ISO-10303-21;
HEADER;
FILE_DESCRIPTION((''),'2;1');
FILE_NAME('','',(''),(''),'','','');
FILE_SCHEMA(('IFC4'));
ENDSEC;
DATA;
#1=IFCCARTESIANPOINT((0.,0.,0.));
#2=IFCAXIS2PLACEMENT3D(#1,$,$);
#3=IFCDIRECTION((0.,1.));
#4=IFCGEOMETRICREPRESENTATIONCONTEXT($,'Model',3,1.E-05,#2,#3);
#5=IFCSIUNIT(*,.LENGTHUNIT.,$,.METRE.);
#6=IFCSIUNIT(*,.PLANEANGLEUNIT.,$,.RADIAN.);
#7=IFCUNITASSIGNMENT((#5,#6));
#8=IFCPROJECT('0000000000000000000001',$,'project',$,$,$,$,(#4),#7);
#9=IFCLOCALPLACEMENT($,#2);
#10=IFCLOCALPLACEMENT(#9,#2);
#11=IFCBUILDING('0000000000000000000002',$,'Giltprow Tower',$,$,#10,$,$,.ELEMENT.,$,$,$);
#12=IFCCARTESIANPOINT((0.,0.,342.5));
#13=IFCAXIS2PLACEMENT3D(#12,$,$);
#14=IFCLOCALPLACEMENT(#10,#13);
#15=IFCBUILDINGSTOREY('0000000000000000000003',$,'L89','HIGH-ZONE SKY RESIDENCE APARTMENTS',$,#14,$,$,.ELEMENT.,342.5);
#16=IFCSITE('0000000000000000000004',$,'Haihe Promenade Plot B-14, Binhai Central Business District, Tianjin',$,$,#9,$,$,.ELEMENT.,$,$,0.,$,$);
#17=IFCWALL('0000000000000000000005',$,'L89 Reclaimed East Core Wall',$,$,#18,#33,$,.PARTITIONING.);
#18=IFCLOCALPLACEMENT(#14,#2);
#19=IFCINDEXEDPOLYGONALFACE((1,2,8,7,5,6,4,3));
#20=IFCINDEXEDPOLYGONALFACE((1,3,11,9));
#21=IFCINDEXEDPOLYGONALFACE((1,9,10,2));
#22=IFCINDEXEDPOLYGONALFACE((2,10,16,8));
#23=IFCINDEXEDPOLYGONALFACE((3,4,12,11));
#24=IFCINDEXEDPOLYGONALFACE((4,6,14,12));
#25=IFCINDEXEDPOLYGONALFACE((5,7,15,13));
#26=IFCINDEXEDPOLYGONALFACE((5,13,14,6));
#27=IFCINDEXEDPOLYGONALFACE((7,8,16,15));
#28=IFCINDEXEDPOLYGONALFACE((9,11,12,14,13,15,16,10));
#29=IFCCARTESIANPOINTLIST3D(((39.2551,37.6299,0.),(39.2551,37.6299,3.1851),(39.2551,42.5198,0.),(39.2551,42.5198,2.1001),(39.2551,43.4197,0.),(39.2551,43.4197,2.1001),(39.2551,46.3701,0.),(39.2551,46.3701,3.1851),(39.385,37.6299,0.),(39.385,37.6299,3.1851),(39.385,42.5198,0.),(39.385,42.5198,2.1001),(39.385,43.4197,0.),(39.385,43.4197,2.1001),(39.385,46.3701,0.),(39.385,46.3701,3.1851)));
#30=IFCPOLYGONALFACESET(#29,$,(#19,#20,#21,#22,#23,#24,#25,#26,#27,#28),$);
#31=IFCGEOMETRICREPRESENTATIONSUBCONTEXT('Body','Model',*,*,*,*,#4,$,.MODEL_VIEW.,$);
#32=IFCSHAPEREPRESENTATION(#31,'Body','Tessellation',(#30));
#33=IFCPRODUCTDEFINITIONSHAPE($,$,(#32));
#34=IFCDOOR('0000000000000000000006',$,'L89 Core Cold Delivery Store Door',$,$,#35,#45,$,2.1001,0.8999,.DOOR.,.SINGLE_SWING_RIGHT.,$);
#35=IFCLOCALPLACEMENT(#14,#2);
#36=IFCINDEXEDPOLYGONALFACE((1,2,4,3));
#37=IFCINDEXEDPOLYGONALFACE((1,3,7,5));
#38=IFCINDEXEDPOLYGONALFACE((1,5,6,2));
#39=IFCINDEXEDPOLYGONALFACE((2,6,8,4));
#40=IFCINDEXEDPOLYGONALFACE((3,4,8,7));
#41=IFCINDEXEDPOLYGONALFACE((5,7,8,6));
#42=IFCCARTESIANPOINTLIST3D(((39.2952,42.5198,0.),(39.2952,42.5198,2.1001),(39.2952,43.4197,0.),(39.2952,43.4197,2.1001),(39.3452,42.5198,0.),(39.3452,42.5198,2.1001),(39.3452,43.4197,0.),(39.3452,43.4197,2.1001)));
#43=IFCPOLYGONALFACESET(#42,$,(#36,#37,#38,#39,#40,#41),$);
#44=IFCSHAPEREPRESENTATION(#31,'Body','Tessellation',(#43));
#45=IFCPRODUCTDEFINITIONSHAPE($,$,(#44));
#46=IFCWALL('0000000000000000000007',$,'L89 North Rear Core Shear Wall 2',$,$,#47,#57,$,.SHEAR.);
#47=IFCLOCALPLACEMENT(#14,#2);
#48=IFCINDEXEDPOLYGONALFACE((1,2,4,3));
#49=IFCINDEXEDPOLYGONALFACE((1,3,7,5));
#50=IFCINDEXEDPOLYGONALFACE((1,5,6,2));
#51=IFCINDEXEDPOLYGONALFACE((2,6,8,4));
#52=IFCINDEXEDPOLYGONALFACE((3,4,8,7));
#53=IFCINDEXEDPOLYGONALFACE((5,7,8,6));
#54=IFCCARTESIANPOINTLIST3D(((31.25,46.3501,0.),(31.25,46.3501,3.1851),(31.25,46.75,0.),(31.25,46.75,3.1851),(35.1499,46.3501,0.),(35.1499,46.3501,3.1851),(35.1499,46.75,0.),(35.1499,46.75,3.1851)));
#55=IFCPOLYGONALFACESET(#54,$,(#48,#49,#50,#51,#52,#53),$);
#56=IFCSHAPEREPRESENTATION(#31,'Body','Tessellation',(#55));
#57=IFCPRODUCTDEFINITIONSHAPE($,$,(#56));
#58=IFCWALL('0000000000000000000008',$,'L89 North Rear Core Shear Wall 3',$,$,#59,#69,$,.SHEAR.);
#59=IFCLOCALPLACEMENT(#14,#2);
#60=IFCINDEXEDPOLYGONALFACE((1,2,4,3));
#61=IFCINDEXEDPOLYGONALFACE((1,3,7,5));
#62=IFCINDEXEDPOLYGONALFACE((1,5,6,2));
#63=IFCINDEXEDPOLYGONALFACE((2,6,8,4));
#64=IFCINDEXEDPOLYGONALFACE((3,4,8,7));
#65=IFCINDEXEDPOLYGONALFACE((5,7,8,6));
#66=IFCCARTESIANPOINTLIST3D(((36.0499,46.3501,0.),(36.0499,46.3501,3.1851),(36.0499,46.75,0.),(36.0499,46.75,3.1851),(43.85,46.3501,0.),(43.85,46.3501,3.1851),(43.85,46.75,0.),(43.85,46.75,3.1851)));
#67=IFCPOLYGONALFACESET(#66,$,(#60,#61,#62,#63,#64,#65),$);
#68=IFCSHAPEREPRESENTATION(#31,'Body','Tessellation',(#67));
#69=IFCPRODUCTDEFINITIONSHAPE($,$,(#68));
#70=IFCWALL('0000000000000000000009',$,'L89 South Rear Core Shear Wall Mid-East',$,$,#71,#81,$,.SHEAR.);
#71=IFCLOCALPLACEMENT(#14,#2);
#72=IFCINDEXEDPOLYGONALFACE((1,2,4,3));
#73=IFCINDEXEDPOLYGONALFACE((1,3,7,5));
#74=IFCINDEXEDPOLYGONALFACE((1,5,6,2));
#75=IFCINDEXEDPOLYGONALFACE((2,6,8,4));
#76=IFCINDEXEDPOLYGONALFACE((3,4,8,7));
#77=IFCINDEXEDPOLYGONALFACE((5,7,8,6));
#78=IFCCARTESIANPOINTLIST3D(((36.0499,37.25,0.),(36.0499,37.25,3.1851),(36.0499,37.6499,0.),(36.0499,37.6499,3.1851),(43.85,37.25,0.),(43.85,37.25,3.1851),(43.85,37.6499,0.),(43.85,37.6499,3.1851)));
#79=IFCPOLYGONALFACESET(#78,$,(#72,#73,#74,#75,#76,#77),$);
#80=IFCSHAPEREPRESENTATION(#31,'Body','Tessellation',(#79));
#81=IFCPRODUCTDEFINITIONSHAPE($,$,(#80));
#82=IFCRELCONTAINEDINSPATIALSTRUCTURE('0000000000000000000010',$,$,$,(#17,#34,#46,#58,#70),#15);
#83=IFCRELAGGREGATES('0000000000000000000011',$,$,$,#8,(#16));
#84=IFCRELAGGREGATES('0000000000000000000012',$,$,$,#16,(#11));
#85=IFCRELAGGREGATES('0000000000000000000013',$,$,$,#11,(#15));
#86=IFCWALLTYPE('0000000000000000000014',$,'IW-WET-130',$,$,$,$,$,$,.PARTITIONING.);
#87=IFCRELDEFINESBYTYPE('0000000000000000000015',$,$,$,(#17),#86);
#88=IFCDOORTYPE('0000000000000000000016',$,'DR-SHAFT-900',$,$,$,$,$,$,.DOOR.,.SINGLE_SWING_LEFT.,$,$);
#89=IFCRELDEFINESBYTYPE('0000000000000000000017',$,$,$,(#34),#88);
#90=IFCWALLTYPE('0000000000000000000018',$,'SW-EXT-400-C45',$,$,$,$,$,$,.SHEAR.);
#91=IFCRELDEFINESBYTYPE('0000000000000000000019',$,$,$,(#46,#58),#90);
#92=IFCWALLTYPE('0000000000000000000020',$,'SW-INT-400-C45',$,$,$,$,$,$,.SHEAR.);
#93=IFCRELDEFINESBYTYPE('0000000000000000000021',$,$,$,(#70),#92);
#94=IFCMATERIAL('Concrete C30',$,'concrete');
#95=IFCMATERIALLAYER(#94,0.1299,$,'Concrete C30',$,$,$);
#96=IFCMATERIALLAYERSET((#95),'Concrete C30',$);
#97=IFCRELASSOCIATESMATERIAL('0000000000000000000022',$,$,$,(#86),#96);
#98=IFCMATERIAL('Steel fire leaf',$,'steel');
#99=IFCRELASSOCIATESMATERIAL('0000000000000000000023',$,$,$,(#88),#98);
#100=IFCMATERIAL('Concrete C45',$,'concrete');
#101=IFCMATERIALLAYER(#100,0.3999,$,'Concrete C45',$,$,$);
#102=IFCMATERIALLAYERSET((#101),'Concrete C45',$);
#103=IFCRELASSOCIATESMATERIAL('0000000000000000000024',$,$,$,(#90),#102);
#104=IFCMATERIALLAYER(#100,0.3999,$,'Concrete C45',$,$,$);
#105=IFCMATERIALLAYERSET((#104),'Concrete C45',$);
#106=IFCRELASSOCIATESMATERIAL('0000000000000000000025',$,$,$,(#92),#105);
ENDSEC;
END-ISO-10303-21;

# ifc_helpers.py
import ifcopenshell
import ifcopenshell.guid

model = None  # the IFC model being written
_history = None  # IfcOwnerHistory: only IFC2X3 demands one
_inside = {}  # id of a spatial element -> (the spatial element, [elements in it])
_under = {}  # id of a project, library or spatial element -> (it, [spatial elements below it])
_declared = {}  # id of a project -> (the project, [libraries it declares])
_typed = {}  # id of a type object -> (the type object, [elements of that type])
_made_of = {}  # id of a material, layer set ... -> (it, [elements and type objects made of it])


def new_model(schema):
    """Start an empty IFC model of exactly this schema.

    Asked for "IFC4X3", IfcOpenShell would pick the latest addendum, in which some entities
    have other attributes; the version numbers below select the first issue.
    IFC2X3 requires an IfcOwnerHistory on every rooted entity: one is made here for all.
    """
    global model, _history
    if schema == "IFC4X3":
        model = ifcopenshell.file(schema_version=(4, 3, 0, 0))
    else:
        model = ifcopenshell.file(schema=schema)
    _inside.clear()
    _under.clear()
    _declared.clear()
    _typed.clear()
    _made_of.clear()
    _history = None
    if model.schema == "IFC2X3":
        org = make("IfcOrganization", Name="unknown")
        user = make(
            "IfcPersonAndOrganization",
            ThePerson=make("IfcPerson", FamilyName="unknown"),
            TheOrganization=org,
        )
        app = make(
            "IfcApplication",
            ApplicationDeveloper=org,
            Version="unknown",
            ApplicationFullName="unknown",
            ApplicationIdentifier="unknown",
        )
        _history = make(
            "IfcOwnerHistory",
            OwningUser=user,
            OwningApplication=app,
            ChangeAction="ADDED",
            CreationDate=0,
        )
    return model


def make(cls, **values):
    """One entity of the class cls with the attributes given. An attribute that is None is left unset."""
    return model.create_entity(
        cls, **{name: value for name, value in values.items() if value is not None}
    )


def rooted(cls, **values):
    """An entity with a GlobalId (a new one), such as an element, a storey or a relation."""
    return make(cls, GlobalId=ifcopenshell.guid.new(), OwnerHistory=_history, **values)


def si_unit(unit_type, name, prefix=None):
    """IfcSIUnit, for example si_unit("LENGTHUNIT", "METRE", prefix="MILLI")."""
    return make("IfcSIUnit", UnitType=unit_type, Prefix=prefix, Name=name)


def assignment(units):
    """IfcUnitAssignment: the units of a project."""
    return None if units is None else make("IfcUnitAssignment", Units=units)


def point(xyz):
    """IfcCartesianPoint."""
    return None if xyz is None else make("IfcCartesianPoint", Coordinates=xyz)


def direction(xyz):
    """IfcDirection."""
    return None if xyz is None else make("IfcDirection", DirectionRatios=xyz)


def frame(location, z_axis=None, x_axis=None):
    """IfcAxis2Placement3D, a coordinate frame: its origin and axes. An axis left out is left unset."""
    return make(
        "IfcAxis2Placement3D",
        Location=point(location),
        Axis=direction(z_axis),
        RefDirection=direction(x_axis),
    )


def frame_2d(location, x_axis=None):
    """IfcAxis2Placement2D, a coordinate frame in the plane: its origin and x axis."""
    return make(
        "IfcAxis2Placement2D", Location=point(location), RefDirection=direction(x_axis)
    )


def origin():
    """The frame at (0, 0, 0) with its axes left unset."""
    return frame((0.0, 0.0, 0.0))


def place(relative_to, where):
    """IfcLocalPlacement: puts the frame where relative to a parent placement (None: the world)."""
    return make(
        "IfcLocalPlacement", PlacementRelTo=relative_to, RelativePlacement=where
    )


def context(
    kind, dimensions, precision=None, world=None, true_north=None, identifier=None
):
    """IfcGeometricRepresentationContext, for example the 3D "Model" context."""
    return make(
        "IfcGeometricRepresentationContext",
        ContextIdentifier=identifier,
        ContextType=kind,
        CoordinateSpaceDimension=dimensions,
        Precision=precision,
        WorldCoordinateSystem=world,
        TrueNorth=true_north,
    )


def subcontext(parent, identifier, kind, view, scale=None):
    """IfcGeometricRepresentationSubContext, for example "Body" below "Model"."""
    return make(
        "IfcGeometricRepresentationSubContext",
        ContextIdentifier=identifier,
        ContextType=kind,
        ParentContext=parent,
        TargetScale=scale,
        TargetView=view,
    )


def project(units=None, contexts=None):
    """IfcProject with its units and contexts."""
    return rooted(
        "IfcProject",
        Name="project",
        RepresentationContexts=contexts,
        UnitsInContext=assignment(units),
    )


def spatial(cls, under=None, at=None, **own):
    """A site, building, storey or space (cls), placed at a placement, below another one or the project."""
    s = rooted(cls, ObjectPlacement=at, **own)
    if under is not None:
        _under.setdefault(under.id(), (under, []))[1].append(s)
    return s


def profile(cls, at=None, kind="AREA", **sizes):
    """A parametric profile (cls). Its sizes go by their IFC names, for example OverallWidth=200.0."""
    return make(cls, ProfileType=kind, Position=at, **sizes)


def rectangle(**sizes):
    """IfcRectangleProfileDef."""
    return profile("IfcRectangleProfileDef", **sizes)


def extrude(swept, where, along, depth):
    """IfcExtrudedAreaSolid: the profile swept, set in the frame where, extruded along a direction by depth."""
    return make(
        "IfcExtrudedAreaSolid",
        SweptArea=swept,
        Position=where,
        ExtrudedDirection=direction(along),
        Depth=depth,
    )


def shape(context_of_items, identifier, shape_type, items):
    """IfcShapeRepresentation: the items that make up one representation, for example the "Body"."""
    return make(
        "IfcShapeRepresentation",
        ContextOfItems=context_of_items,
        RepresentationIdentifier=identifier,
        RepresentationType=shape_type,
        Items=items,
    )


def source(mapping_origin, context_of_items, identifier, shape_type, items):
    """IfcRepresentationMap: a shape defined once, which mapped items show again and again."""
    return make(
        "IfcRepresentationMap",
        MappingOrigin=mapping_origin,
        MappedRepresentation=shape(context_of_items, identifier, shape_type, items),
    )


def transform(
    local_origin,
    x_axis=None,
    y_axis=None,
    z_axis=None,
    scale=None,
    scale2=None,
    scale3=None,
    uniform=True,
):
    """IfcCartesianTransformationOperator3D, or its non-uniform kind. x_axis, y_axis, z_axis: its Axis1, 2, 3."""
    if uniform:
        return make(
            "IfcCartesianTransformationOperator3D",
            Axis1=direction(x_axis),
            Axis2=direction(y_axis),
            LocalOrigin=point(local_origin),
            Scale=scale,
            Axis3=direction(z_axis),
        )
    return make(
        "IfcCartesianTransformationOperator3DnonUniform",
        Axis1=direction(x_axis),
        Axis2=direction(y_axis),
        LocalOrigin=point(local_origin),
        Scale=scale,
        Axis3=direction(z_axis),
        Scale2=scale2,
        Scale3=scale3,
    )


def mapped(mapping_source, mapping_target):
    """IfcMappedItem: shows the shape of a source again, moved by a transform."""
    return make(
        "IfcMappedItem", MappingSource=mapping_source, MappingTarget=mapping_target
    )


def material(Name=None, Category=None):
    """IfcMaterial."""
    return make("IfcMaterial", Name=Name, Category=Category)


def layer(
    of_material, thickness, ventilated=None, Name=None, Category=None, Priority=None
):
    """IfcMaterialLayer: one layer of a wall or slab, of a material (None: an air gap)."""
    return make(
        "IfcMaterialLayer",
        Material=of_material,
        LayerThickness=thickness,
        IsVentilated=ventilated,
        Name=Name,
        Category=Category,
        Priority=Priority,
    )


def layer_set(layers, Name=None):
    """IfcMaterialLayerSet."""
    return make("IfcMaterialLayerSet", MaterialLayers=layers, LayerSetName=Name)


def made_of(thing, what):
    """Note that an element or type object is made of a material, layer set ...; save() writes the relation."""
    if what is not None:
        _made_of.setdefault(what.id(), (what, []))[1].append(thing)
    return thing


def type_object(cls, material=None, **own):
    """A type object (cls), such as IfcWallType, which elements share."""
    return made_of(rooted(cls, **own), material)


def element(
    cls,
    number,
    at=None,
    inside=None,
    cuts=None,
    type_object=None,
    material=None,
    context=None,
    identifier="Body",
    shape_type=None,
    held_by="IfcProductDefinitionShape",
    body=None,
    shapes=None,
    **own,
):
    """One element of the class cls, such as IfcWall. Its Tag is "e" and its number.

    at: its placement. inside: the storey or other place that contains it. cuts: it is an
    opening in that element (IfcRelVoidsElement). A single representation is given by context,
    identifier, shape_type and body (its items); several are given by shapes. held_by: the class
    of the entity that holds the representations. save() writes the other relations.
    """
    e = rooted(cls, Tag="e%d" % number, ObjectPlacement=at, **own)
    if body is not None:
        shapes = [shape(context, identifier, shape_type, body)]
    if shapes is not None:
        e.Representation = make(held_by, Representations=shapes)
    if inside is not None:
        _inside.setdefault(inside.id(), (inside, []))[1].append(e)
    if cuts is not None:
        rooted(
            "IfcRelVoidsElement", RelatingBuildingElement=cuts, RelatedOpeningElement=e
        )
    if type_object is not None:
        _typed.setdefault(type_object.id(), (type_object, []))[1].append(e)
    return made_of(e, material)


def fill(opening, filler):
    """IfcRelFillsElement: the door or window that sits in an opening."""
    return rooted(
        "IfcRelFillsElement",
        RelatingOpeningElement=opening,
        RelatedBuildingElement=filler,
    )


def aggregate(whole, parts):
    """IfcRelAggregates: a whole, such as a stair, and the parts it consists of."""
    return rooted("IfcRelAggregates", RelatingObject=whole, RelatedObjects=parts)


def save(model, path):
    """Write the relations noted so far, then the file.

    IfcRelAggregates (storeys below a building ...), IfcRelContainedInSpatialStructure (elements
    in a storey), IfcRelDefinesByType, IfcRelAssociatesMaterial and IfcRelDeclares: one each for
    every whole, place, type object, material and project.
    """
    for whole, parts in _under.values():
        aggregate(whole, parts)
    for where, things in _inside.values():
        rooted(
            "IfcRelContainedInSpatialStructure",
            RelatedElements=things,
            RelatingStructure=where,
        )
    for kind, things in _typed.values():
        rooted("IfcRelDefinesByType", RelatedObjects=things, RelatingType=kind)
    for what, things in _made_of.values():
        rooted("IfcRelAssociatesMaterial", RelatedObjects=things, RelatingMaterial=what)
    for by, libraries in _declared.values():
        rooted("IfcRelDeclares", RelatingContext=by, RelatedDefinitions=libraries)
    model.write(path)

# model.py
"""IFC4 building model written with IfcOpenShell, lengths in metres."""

from ifc_helpers import new_model, si_unit, direction, frame, frame_2d, origin, place, context, subcontext, project, spatial, rectangle, extrude, source, transform, mapped, material, layer, layer_set, type_object, element, fill, save


model = new_model("IFC4")

# Units and contexts
model_context = context("Model", 3, precision=1e-05, world=origin(), true_north=direction((0.0, 1.0)))
body_context = subcontext(model_context, "Body", "Model", "MODEL_VIEW")
ifc_project = project(units=[si_unit("LENGTHUNIT", "METRE"), si_unit("PLANEANGLEUNIT", "RADIAN")], contexts=[model_context])

# Site, building, storey
site_placement = place(None, origin())
site = spatial("IfcSite", under=ifc_project, at=site_placement, Name="Haihe Promenade Plot B-14, Binhai Central Business District, Tianjin", CompositionType="ELEMENT", RefElevation=0.0)
building_placement = place(site_placement, origin())
building = spatial("IfcBuilding", under=site, at=building_placement, Name="Giltprow Tower", CompositionType="ELEMENT")
storey_placement = place(building_placement, frame((0.0, 0.0, 342.5)))
storey = spatial("IfcBuildingStorey", under=building, at=storey_placement, Name="L89", Description="HIGH-ZONE SKY RESIDENCE APARTMENTS", CompositionType="ELEMENT", Elevation=342.5)

# Shared definitions
ifc_material_1 = material(Name="Concrete C45", Category="concrete")

# Shared definitions
ifc_material_2 = material(Name="Concrete C30", Category="concrete")
ifc_layer_1 = layer(ifc_material_2, 0.1299, Name="Concrete C30")
ifc_layer_set_1 = layer_set([ifc_layer_1], Name="Concrete C30")
wall_type_1 = type_object("IfcWallType", Name="IW-WET-130", PredefinedType="PARTITIONING", material=ifc_layer_set_1)
ifc_material_3 = material(Name="Steel fire leaf", Category="steel")
door_type_1 = type_object("IfcDoorType", Name="DR-SHAFT-900", OperationType="SINGLE_SWING_LEFT", PredefinedType="DOOR", material=ifc_material_3)
shared_shape_1 = source(origin(), body_context, "Body", "SweptSolid", [
    extrude(rectangle(XDim=0.8999, YDim=2.1001, at=frame_2d((0.45, 1.05))), frame((0.0, 0.0249, 0.0), z_axis=(0.0, -1.0, 0.0), x_axis=(1.0, 0.0, 0.0)), (0.0, 0.0, 1.0), 0.05),
])

# Wall, opening, door
wall_1_placement = place(storey_placement, frame((39.3201, 37.6299, 0.0), z_axis=(0.0, 0.0, 1.0), x_axis=(0.0, 1.0, 0.0)))
wall_1 = element("IfcWall", 1, at=wall_1_placement, inside=storey, type_object=wall_type_1, Name="L89 Reclaimed East Core Wall", PredefinedType="PARTITIONING", context=body_context, shape_type="SweptSolid", body=[
    extrude(rectangle(XDim=8.7402, YDim=0.1299, at=frame_2d((4.3701, 0.0))), origin(), (0.0, 0.0, 1.0), 3.1851),
])
opening_1_placement = place(wall_1_placement, frame((4.8899, 0.0, 0.0)))
opening_1 = element("IfcOpeningElement", 2, at=opening_1_placement, cuts=wall_1, PredefinedType="OPENING", context=body_context, shape_type="SweptSolid", body=[
    extrude(rectangle(XDim=0.8999, YDim=2.1001, at=frame_2d((0.45, 1.05))), frame((0.0, 0.075, 0.0), z_axis=(0.0, -1.0, 0.0), x_axis=(1.0, 0.0, 0.0)), (0.0, 0.0, 1.0), 0.1499),
])
door_1_placement = place(opening_1_placement, origin())
door_1 = element("IfcDoor", 3, at=door_1_placement, inside=storey, type_object=door_type_1, Name="L89 Core Cold Delivery Store Door", OperationType="SINGLE_SWING_RIGHT", OverallHeight=2.1001, OverallWidth=0.8999, PredefinedType="DOOR", context=body_context, shape_type="MappedRepresentation", body=[
    mapped(shared_shape_1, transform((0.0, 0.0, 0.0), x_axis=(1.0, 0.0, 0.0), y_axis=(0.0, 1.0, 0.0), z_axis=(0.0, 0.0, 1.0), scale=1.0)),
])
fill(opening_1, door_1)

# Walls
ifc_layer_2 = layer(ifc_material_1, 0.3999, Name="Concrete C45")
ifc_layer_set_2 = layer_set([ifc_layer_2], Name="Concrete C45")
wall_type_2 = type_object("IfcWallType", Name="SW-EXT-400-C45", PredefinedType="SHEAR", material=ifc_layer_set_2)
wall_2_placement = place(storey_placement, frame((31.25, 46.55, 0.0), z_axis=(0.0, 0.0, 1.0), x_axis=(1.0, 0.0, 0.0)))
element("IfcWall", 4, at=wall_2_placement, inside=storey, type_object=wall_type_2, Name="L89 North Rear Core Shear Wall 2", PredefinedType="SHEAR", context=body_context, shape_type="SweptSolid", body=[
    extrude(rectangle(XDim=3.8999, YDim=0.3999, at=frame_2d((1.95, 0.0))), origin(), (0.0, 0.0, 1.0), 3.1851),
])
wall_3_placement = place(storey_placement, frame((36.05, 46.55, 0.0), z_axis=(0.0, 0.0, 1.0), x_axis=(1.0, 0.0, 0.0)))
element("IfcWall", 5, at=wall_3_placement, inside=storey, type_object=wall_type_2, Name="L89 North Rear Core Shear Wall 3", PredefinedType="SHEAR", context=body_context, shape_type="SweptSolid", body=[
    extrude(rectangle(XDim=7.8, YDim=0.3999, at=frame_2d((3.8999, 0.0))), origin(), (0.0, 0.0, 1.0), 3.1851),
])
ifc_layer_3 = layer(ifc_material_1, 0.3999, Name="Concrete C45")
ifc_layer_set_3 = layer_set([ifc_layer_3], Name="Concrete C45")
wall_type_3 = type_object("IfcWallType", Name="SW-INT-400-C45", PredefinedType="SHEAR", material=ifc_layer_set_3)
wall_4_placement = place(storey_placement, frame((36.05, 37.45, 0.0), z_axis=(0.0, 0.0, 1.0), x_axis=(1.0, 0.0, 0.0)))
element("IfcWall", 6, at=wall_4_placement, inside=storey, type_object=wall_type_3, Name="L89 South Rear Core Shear Wall Mid-East", PredefinedType="SHEAR", context=body_context, shape_type="SweptSolid", body=[
    extrude(rectangle(XDim=7.8, YDim=0.3999, at=frame_2d((3.8999, 0.0))), origin(), (0.0, 0.0, 1.0), 3.1851),
])

save(model, "model.ifc")
